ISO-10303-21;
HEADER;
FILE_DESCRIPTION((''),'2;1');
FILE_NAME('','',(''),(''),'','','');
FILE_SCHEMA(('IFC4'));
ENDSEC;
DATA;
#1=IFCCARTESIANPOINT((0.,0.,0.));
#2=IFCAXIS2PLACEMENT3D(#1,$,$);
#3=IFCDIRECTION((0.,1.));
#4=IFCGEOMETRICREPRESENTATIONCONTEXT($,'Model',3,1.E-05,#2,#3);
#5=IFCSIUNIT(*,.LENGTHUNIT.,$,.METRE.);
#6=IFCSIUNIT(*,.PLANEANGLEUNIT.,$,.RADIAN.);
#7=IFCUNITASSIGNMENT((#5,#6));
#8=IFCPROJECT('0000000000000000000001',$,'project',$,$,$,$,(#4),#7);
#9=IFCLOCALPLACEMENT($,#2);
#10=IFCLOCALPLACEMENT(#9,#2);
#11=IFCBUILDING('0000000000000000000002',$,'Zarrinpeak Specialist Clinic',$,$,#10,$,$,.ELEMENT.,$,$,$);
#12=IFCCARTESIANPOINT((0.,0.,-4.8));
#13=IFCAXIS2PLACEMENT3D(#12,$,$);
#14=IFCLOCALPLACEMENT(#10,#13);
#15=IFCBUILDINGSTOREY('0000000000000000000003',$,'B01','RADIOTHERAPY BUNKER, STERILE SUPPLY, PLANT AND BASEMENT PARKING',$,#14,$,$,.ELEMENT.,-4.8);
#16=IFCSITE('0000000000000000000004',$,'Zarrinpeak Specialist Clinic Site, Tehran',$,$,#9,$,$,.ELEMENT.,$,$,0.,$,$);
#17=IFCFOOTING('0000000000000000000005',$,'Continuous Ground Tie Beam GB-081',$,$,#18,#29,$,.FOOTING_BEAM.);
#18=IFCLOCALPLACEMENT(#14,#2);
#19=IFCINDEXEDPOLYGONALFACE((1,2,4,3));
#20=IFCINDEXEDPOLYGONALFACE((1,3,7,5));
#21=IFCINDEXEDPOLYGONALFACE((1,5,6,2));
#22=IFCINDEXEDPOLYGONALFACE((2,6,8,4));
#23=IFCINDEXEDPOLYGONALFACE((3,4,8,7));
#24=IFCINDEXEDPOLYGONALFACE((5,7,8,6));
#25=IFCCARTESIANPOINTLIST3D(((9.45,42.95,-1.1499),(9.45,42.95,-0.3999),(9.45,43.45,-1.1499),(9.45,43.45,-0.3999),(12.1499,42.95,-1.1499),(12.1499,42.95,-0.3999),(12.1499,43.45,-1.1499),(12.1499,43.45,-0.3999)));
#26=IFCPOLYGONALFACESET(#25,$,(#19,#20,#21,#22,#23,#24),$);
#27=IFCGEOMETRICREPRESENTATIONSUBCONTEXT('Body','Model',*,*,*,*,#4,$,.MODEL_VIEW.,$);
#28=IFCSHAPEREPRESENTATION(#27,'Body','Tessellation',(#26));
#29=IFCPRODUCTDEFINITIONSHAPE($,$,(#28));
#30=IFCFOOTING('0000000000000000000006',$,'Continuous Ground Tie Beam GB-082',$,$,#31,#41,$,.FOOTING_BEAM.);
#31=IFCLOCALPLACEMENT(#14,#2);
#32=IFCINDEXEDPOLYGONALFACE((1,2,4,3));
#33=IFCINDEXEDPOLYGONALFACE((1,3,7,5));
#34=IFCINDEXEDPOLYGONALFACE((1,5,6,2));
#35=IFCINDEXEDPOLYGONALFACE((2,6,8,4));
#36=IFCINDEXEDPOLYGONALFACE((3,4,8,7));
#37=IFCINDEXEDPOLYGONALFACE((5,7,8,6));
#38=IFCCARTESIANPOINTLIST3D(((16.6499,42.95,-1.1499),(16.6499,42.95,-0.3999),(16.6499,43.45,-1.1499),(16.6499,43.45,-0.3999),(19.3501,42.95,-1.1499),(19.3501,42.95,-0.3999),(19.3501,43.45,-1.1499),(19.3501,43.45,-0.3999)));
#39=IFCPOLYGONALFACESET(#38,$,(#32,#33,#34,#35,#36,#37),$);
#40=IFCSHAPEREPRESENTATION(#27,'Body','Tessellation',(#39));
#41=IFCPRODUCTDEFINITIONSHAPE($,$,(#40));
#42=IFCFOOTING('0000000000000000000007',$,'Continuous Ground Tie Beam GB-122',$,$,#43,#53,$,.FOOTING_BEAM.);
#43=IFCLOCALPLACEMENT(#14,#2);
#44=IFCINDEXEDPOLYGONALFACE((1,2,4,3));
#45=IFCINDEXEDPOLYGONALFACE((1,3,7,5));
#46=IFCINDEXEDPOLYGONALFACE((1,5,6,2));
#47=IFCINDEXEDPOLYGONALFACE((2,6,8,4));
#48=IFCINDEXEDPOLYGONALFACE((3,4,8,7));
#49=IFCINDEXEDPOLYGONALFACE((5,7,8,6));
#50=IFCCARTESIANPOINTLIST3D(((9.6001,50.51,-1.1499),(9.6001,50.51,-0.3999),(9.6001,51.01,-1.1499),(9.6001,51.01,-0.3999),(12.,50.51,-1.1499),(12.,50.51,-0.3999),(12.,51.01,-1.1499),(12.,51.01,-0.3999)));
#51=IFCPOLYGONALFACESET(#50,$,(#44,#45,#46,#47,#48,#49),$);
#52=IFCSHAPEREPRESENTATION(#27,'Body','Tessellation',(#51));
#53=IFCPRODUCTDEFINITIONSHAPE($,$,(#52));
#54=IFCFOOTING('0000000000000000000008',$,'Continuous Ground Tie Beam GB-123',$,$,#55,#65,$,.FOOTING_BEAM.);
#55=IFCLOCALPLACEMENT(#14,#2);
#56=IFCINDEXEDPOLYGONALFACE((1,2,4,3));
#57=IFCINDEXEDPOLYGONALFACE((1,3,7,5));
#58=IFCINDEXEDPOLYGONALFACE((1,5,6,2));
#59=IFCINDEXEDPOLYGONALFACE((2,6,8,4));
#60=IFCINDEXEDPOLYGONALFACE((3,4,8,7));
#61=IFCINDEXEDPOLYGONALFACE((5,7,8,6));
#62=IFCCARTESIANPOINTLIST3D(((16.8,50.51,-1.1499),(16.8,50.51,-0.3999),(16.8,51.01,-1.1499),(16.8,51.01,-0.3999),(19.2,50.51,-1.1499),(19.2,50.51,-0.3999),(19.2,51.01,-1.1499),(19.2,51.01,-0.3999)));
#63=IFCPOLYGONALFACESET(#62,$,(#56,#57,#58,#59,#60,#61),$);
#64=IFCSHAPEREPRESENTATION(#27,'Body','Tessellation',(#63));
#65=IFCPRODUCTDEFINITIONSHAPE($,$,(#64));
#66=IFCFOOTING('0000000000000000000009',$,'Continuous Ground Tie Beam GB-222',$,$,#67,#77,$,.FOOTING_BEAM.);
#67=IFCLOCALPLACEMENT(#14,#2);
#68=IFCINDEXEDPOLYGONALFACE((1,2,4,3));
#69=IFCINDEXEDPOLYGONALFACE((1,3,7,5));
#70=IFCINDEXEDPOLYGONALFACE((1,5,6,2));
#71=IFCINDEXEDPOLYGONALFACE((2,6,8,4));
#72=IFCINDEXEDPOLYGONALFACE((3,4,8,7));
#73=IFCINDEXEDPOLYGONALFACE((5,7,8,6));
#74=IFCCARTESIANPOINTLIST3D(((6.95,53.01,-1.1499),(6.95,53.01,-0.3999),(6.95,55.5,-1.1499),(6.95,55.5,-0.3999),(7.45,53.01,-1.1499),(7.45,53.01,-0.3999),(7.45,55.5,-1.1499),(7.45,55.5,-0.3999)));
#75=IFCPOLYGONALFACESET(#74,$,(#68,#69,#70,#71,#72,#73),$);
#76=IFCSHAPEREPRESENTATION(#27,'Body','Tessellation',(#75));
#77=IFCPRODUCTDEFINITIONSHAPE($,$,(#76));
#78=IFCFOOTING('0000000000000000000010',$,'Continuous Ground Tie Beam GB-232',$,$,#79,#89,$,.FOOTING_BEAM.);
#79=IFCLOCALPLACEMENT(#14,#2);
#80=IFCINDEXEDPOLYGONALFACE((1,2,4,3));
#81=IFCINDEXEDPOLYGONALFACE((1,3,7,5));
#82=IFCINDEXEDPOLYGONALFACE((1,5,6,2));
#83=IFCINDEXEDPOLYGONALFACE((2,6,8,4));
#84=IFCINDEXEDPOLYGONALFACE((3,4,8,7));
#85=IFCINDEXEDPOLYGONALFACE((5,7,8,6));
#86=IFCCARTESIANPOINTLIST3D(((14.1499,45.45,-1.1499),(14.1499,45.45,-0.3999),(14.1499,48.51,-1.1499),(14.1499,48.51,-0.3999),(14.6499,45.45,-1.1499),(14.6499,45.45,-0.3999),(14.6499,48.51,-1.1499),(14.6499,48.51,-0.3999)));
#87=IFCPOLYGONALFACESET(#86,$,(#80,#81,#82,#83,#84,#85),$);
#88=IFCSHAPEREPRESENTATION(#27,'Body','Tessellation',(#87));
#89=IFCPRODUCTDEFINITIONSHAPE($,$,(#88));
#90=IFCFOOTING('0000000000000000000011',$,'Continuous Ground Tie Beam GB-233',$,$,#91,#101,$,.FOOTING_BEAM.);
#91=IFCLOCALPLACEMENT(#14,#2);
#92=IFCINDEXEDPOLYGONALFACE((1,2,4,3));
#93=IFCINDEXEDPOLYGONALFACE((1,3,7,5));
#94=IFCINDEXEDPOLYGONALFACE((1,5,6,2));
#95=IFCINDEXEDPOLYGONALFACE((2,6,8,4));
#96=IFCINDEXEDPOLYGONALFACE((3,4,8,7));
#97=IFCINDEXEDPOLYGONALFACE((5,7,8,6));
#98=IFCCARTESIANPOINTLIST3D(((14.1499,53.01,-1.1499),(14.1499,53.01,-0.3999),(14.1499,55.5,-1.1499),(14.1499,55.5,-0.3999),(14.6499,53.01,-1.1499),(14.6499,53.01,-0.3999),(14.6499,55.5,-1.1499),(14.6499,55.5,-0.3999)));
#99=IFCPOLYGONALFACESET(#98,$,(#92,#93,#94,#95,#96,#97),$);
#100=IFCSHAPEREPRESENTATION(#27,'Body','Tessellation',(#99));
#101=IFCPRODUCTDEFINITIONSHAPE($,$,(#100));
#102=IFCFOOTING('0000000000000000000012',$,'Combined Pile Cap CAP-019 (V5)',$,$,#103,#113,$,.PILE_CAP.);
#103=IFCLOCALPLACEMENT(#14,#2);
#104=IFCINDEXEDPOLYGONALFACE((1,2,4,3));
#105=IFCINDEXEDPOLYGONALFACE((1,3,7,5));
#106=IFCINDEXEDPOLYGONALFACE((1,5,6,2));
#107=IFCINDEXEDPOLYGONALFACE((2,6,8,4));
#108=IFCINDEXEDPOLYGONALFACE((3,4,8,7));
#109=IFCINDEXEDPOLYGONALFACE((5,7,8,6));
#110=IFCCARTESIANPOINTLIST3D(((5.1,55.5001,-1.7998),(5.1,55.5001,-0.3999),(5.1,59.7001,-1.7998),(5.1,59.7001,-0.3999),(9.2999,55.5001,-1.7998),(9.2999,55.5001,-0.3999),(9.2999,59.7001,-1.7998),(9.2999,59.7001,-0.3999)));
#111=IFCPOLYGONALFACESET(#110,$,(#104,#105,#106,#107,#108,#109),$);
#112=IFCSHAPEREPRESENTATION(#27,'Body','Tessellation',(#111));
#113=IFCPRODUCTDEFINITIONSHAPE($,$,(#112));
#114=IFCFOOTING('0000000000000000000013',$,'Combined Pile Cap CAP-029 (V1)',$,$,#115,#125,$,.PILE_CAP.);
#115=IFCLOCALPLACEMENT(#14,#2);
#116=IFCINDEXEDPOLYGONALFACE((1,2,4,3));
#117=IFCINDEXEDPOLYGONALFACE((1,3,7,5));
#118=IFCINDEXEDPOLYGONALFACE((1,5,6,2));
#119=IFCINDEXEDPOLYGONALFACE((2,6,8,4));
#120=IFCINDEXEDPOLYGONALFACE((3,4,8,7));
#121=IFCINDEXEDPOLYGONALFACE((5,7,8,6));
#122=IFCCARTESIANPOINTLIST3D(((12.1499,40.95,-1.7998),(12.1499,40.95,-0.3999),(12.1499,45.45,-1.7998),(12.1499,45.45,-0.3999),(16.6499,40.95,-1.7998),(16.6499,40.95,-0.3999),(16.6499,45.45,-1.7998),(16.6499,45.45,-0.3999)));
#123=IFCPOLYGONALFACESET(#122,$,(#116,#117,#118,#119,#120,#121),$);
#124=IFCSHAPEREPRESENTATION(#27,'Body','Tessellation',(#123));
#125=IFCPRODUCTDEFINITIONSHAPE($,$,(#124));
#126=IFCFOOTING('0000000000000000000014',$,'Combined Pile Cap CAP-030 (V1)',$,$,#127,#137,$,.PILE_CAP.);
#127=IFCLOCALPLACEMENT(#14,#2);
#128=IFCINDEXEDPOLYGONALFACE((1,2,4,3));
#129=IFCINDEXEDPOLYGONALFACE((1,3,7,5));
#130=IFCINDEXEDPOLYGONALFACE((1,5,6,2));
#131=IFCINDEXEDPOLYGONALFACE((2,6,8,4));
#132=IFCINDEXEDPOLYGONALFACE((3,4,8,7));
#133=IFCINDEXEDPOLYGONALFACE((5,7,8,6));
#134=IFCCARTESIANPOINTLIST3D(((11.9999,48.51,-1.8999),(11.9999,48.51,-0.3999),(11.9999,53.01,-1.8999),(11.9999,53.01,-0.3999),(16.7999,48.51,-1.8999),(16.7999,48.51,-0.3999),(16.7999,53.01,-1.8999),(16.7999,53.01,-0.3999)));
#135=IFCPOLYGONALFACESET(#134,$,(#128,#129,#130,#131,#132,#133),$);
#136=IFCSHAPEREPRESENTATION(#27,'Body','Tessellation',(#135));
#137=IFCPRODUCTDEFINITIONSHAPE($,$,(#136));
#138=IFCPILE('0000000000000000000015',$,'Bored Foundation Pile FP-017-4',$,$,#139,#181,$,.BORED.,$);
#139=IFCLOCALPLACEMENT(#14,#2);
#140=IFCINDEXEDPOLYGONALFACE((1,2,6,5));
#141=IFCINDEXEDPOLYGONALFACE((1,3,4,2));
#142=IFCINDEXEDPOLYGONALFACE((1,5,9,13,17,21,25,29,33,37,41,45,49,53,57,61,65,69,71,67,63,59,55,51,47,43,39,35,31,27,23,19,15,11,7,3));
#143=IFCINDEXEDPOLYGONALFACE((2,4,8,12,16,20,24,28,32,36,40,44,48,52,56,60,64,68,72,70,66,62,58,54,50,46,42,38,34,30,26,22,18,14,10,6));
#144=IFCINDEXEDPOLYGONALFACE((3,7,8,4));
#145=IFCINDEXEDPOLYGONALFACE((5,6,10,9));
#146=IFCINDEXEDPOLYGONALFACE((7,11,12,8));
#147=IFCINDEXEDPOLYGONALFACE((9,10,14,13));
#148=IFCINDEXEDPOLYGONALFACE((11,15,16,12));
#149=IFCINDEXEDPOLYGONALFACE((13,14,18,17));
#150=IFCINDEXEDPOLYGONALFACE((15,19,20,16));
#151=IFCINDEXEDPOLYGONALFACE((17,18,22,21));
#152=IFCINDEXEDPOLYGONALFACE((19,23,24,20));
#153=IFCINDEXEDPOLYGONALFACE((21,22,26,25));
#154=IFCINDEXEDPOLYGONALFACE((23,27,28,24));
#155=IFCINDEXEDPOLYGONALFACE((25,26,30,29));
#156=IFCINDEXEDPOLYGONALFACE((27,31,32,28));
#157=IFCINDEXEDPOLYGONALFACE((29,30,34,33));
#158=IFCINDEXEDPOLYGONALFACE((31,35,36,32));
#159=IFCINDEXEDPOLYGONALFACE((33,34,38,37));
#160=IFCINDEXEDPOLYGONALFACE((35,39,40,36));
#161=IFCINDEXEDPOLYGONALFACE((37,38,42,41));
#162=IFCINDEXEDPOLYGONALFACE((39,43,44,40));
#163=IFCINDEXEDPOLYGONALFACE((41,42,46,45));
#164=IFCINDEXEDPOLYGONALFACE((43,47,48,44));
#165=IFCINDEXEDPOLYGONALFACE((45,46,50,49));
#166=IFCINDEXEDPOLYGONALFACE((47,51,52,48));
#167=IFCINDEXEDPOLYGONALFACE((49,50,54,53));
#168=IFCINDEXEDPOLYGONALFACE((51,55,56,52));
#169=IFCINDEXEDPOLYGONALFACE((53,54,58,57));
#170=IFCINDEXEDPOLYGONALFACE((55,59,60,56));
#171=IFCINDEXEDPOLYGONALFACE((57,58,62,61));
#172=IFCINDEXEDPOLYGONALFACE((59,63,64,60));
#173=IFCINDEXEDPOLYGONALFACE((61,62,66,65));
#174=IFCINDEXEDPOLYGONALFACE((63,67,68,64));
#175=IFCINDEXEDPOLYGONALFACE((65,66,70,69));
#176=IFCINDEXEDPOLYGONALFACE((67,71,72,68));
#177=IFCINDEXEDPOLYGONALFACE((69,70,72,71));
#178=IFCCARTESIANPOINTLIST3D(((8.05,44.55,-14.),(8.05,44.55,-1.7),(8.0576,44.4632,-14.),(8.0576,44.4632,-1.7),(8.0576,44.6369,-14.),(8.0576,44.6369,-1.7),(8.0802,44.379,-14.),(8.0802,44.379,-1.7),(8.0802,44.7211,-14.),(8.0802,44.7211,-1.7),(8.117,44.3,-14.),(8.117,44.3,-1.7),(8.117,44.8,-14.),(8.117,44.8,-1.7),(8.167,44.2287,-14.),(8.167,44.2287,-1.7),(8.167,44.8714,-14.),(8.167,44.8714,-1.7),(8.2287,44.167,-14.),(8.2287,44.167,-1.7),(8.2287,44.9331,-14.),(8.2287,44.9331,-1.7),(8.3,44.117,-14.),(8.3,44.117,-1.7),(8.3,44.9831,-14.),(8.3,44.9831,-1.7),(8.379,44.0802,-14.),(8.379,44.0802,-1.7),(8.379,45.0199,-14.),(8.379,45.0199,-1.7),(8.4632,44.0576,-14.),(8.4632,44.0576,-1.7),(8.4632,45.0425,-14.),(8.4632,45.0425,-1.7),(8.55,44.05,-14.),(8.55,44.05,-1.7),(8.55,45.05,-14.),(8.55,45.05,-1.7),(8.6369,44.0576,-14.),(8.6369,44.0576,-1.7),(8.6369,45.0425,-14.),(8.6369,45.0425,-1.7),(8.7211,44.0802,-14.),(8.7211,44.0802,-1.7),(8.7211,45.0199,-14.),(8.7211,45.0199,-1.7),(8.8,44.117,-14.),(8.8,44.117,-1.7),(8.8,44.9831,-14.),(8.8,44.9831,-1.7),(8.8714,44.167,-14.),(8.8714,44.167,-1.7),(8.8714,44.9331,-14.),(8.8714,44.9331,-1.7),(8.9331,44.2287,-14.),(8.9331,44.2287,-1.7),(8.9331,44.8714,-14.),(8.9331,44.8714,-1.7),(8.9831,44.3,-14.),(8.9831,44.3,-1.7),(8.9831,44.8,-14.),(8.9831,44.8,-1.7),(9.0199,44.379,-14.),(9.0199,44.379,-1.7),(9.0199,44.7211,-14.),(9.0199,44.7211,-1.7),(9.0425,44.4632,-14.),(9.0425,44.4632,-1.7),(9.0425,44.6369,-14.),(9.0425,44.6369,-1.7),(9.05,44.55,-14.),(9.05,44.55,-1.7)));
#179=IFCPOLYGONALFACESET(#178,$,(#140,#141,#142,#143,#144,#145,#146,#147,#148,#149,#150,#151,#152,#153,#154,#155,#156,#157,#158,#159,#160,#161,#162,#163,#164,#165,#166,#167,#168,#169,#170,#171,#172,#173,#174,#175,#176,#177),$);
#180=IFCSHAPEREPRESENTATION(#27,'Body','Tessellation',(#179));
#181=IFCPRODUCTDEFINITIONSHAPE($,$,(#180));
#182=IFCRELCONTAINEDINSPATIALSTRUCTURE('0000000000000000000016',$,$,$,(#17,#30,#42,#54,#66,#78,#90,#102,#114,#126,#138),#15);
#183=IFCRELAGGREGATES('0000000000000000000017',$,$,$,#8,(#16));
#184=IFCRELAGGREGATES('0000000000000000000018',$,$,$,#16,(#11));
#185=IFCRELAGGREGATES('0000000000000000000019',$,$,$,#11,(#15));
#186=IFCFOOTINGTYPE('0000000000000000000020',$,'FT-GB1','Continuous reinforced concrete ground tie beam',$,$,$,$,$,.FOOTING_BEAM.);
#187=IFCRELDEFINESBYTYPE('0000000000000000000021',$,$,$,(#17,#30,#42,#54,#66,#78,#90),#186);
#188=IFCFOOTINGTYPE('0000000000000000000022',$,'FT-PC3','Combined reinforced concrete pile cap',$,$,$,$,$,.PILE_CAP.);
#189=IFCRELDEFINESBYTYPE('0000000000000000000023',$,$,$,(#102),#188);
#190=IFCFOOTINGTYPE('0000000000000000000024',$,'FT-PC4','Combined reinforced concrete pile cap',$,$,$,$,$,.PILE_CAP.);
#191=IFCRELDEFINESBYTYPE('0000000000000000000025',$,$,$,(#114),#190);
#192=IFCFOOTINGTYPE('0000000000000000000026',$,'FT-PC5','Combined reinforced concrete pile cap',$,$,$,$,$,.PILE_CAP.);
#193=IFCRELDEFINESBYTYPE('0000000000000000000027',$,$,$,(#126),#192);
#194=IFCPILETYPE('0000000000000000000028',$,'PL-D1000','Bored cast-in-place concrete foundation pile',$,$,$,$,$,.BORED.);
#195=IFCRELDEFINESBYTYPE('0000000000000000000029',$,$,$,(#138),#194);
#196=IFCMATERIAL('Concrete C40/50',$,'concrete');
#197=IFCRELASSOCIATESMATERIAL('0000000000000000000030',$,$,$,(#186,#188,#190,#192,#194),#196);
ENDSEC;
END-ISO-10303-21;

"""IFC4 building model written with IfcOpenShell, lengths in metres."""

from ifc_helpers import new_model, si_unit, direction, frame, origin, origin_2d, place, context, subcontext, project, spatial, rectangle, circle, extrude, material, material_profile, profile_set, type_object, element, save


model = new_model("IFC4")

# Units and contexts
model_context = context("Model", 3, precision=1e-05, world=origin(), true_north=direction((0.0, 1.0)))
body_context = subcontext(model_context, "Body", "Model", "MODEL_VIEW")
ifc_project = project(units=[si_unit("LENGTHUNIT", "METRE"), si_unit("PLANEANGLEUNIT", "RADIAN")], contexts=[model_context])

# Site, building, storey
site_placement = place(None, origin())
site = spatial("IfcSite", under=ifc_project, at=site_placement, Name="Zarrinpeak Specialist Clinic Site, Tehran", CompositionType="ELEMENT", RefElevation=0.0)
building_placement = place(site_placement, origin())
building = spatial("IfcBuilding", under=site, at=building_placement, Name="Zarrinpeak Specialist Clinic", CompositionType="ELEMENT")
storey_placement = place(building_placement, frame((0.0, 0.0, -4.8)))
storey = spatial("IfcBuildingStorey", under=building, at=storey_placement, Name="B01", Description="RADIOTHERAPY BUNKER, STERILE SUPPLY, PLANT AND BASEMENT PARKING", CompositionType="ELEMENT", Elevation=-4.8)

# Footings
ifc_material_1 = material(Name="Concrete C40/50", Category="concrete")
ifc_material_profile_1 = material_profile(ifc_material_1, rectangle(XDim=0.5, YDim=0.75, at=origin_2d()), Name="RC 500x750")
ifc_profile_set_1 = profile_set([ifc_material_profile_1], Name="Concrete C40/50")
footing_type_1 = type_object("IfcFootingType", Name="FT-GB1", Description="Continuous reinforced concrete ground tie beam", PredefinedType="FOOTING_BEAM", material=ifc_profile_set_1)
footing_1_placement = place(storey_placement, frame((9.45, 43.2, -0.7749), z_axis=(1.0, 0.0, 0.0), x_axis=(0.0, 1.0, 0.0)))
element("IfcFooting", 1, at=footing_1_placement, inside=storey, type_object=footing_type_1, Name="Continuous Ground Tie Beam GB-081", PredefinedType="FOOTING_BEAM", context=body_context, shape_type="SweptSolid", body=[
    extrude(rectangle(XDim=0.5, YDim=0.75, at=origin_2d()), origin(), (0.0, 0.0, 1.0), 2.7),
])
footing_2_placement = place(storey_placement, frame((16.6499, 43.2, -0.7749), z_axis=(1.0, 0.0, 0.0), x_axis=(0.0, 1.0, 0.0)))
element("IfcFooting", 2, at=footing_2_placement, inside=storey, type_object=footing_type_1, Name="Continuous Ground Tie Beam GB-082", PredefinedType="FOOTING_BEAM", context=body_context, shape_type="SweptSolid", body=[
    extrude(rectangle(XDim=0.5, YDim=0.75, at=origin_2d()), origin(), (0.0, 0.0, 1.0), 2.7002),
])
for number, where, z_axis, x_axis, name in (
    (3, (9.6001, 50.76, -0.7749), (1.0, 0.0, 0.0), (0.0, 1.0, 0.0), "Continuous Ground Tie Beam GB-122"),
    (4, (16.8, 50.76, -0.7749), (1.0, 0.0, 0.0), (0.0, 1.0, 0.0), "Continuous Ground Tie Beam GB-123"),
):
    element("IfcFooting", number, at=place(storey_placement, frame(where, z_axis=z_axis, x_axis=x_axis)), inside=storey, type_object=footing_type_1, Name=name, PredefinedType="FOOTING_BEAM", context=body_context, shape_type="SweptSolid", body=[
        extrude(rectangle(XDim=0.5, YDim=0.75, at=origin_2d()), origin(), (0.0, 0.0, 1.0), 2.3999),
    ])
footing_3_placement = place(storey_placement, frame((7.2, 53.01, -0.7749), z_axis=(0.0, 1.0, 0.0), x_axis=(-1.0, 0.0, 0.0)))
element("IfcFooting", 5, at=footing_3_placement, inside=storey, type_object=footing_type_1, Name="Continuous Ground Tie Beam GB-222", PredefinedType="FOOTING_BEAM", context=body_context, shape_type="SweptSolid", body=[
    extrude(rectangle(XDim=0.5, YDim=0.75, at=origin_2d()), origin(), (0.0, 0.0, 1.0), 2.49),
])
footing_4_placement = place(storey_placement, frame((14.3999, 45.45, -0.7749), z_axis=(0.0, 1.0, 0.0), x_axis=(-1.0, 0.0, 0.0)))
element("IfcFooting", 6, at=footing_4_placement, inside=storey, type_object=footing_type_1, Name="Continuous Ground Tie Beam GB-232", PredefinedType="FOOTING_BEAM", context=body_context, shape_type="SweptSolid", body=[
    extrude(rectangle(XDim=0.5, YDim=0.75, at=origin_2d()), origin(), (0.0, 0.0, 1.0), 3.0601),
])
footing_5_placement = place(storey_placement, frame((14.3999, 53.01, -0.7749), z_axis=(0.0, 1.0, 0.0), x_axis=(-1.0, 0.0, 0.0)))
element("IfcFooting", 7, at=footing_5_placement, inside=storey, type_object=footing_type_1, Name="Continuous Ground Tie Beam GB-233", PredefinedType="FOOTING_BEAM", context=body_context, shape_type="SweptSolid", body=[
    extrude(rectangle(XDim=0.5, YDim=0.75, at=origin_2d()), origin(), (0.0, 0.0, 1.0), 2.49),
])
footing_type_2 = type_object("IfcFootingType", Name="FT-PC3", Description="Combined reinforced concrete pile cap", PredefinedType="PILE_CAP", material=ifc_material_1)
footing_6_placement = place(storey_placement, frame((7.2, 57.6001, -1.7998), z_axis=(0.0, 0.0, 1.0), x_axis=(1.0, 0.0, 0.0)))
element("IfcFooting", 8, at=footing_6_placement, inside=storey, type_object=footing_type_2, Name="Combined Pile Cap CAP-019 (V5)", PredefinedType="PILE_CAP", context=body_context, shape_type="SweptSolid", body=[
    extrude(rectangle(XDim=4.2, YDim=4.2, at=origin_2d()), origin(), (0.0, 0.0, 1.0), 1.3999),
])
footing_type_3 = type_object("IfcFootingType", Name="FT-PC4", Description="Combined reinforced concrete pile cap", PredefinedType="PILE_CAP", material=ifc_material_1)
footing_7_placement = place(storey_placement, frame((14.3999, 43.2, -1.7998), z_axis=(0.0, 0.0, 1.0), x_axis=(1.0, 0.0, 0.0)))
element("IfcFooting", 9, at=footing_7_placement, inside=storey, type_object=footing_type_3, Name="Combined Pile Cap CAP-029 (V1)", PredefinedType="PILE_CAP", context=body_context, shape_type="SweptSolid", body=[
    extrude(rectangle(XDim=4.5, YDim=4.5, at=origin_2d()), origin(), (0.0, 0.0, 1.0), 1.3999),
])
footing_type_4 = type_object("IfcFootingType", Name="FT-PC5", Description="Combined reinforced concrete pile cap", PredefinedType="PILE_CAP", material=ifc_material_1)
footing_8_placement = place(storey_placement, frame((14.3999, 50.76, -1.8999), z_axis=(0.0, 0.0, 1.0), x_axis=(1.0, 0.0, 0.0)))
element("IfcFooting", 10, at=footing_8_placement, inside=storey, type_object=footing_type_4, Name="Combined Pile Cap CAP-030 (V1)", PredefinedType="PILE_CAP", context=body_context, shape_type="SweptSolid", body=[
    extrude(rectangle(XDim=4.8, YDim=4.5, at=origin_2d()), origin(), (0.0, 0.0, 1.0), 1.5),
])

# Pile
ifc_material_profile_2 = material_profile(ifc_material_1, circle(Radius=0.5, at=origin_2d()), Name="BORED PILE D1000")
ifc_profile_set_2 = profile_set([ifc_material_profile_2], Name="Concrete C40/50")
pile_type_1 = type_object("IfcPileType", Name="PL-D1000", Description="Bored cast-in-place concrete foundation pile", PredefinedType="BORED", material=ifc_profile_set_2)
pile_1_placement = place(storey_placement, frame((8.55, 44.55, -1.7), z_axis=(0.0, 0.0, -1.0), x_axis=(1.0, 0.0, 0.0)))
element("IfcPile", 11, at=pile_1_placement, inside=storey, type_object=pile_type_1, Name="Bored Foundation Pile FP-017-4", PredefinedType="BORED", context=body_context, shape_type="SweptSolid", body=[
    extrude(circle(Radius=0.5, at=origin_2d()), origin(), (0.0, 0.0, 1.0), 12.3),
])

save(model, "model.ifc")
